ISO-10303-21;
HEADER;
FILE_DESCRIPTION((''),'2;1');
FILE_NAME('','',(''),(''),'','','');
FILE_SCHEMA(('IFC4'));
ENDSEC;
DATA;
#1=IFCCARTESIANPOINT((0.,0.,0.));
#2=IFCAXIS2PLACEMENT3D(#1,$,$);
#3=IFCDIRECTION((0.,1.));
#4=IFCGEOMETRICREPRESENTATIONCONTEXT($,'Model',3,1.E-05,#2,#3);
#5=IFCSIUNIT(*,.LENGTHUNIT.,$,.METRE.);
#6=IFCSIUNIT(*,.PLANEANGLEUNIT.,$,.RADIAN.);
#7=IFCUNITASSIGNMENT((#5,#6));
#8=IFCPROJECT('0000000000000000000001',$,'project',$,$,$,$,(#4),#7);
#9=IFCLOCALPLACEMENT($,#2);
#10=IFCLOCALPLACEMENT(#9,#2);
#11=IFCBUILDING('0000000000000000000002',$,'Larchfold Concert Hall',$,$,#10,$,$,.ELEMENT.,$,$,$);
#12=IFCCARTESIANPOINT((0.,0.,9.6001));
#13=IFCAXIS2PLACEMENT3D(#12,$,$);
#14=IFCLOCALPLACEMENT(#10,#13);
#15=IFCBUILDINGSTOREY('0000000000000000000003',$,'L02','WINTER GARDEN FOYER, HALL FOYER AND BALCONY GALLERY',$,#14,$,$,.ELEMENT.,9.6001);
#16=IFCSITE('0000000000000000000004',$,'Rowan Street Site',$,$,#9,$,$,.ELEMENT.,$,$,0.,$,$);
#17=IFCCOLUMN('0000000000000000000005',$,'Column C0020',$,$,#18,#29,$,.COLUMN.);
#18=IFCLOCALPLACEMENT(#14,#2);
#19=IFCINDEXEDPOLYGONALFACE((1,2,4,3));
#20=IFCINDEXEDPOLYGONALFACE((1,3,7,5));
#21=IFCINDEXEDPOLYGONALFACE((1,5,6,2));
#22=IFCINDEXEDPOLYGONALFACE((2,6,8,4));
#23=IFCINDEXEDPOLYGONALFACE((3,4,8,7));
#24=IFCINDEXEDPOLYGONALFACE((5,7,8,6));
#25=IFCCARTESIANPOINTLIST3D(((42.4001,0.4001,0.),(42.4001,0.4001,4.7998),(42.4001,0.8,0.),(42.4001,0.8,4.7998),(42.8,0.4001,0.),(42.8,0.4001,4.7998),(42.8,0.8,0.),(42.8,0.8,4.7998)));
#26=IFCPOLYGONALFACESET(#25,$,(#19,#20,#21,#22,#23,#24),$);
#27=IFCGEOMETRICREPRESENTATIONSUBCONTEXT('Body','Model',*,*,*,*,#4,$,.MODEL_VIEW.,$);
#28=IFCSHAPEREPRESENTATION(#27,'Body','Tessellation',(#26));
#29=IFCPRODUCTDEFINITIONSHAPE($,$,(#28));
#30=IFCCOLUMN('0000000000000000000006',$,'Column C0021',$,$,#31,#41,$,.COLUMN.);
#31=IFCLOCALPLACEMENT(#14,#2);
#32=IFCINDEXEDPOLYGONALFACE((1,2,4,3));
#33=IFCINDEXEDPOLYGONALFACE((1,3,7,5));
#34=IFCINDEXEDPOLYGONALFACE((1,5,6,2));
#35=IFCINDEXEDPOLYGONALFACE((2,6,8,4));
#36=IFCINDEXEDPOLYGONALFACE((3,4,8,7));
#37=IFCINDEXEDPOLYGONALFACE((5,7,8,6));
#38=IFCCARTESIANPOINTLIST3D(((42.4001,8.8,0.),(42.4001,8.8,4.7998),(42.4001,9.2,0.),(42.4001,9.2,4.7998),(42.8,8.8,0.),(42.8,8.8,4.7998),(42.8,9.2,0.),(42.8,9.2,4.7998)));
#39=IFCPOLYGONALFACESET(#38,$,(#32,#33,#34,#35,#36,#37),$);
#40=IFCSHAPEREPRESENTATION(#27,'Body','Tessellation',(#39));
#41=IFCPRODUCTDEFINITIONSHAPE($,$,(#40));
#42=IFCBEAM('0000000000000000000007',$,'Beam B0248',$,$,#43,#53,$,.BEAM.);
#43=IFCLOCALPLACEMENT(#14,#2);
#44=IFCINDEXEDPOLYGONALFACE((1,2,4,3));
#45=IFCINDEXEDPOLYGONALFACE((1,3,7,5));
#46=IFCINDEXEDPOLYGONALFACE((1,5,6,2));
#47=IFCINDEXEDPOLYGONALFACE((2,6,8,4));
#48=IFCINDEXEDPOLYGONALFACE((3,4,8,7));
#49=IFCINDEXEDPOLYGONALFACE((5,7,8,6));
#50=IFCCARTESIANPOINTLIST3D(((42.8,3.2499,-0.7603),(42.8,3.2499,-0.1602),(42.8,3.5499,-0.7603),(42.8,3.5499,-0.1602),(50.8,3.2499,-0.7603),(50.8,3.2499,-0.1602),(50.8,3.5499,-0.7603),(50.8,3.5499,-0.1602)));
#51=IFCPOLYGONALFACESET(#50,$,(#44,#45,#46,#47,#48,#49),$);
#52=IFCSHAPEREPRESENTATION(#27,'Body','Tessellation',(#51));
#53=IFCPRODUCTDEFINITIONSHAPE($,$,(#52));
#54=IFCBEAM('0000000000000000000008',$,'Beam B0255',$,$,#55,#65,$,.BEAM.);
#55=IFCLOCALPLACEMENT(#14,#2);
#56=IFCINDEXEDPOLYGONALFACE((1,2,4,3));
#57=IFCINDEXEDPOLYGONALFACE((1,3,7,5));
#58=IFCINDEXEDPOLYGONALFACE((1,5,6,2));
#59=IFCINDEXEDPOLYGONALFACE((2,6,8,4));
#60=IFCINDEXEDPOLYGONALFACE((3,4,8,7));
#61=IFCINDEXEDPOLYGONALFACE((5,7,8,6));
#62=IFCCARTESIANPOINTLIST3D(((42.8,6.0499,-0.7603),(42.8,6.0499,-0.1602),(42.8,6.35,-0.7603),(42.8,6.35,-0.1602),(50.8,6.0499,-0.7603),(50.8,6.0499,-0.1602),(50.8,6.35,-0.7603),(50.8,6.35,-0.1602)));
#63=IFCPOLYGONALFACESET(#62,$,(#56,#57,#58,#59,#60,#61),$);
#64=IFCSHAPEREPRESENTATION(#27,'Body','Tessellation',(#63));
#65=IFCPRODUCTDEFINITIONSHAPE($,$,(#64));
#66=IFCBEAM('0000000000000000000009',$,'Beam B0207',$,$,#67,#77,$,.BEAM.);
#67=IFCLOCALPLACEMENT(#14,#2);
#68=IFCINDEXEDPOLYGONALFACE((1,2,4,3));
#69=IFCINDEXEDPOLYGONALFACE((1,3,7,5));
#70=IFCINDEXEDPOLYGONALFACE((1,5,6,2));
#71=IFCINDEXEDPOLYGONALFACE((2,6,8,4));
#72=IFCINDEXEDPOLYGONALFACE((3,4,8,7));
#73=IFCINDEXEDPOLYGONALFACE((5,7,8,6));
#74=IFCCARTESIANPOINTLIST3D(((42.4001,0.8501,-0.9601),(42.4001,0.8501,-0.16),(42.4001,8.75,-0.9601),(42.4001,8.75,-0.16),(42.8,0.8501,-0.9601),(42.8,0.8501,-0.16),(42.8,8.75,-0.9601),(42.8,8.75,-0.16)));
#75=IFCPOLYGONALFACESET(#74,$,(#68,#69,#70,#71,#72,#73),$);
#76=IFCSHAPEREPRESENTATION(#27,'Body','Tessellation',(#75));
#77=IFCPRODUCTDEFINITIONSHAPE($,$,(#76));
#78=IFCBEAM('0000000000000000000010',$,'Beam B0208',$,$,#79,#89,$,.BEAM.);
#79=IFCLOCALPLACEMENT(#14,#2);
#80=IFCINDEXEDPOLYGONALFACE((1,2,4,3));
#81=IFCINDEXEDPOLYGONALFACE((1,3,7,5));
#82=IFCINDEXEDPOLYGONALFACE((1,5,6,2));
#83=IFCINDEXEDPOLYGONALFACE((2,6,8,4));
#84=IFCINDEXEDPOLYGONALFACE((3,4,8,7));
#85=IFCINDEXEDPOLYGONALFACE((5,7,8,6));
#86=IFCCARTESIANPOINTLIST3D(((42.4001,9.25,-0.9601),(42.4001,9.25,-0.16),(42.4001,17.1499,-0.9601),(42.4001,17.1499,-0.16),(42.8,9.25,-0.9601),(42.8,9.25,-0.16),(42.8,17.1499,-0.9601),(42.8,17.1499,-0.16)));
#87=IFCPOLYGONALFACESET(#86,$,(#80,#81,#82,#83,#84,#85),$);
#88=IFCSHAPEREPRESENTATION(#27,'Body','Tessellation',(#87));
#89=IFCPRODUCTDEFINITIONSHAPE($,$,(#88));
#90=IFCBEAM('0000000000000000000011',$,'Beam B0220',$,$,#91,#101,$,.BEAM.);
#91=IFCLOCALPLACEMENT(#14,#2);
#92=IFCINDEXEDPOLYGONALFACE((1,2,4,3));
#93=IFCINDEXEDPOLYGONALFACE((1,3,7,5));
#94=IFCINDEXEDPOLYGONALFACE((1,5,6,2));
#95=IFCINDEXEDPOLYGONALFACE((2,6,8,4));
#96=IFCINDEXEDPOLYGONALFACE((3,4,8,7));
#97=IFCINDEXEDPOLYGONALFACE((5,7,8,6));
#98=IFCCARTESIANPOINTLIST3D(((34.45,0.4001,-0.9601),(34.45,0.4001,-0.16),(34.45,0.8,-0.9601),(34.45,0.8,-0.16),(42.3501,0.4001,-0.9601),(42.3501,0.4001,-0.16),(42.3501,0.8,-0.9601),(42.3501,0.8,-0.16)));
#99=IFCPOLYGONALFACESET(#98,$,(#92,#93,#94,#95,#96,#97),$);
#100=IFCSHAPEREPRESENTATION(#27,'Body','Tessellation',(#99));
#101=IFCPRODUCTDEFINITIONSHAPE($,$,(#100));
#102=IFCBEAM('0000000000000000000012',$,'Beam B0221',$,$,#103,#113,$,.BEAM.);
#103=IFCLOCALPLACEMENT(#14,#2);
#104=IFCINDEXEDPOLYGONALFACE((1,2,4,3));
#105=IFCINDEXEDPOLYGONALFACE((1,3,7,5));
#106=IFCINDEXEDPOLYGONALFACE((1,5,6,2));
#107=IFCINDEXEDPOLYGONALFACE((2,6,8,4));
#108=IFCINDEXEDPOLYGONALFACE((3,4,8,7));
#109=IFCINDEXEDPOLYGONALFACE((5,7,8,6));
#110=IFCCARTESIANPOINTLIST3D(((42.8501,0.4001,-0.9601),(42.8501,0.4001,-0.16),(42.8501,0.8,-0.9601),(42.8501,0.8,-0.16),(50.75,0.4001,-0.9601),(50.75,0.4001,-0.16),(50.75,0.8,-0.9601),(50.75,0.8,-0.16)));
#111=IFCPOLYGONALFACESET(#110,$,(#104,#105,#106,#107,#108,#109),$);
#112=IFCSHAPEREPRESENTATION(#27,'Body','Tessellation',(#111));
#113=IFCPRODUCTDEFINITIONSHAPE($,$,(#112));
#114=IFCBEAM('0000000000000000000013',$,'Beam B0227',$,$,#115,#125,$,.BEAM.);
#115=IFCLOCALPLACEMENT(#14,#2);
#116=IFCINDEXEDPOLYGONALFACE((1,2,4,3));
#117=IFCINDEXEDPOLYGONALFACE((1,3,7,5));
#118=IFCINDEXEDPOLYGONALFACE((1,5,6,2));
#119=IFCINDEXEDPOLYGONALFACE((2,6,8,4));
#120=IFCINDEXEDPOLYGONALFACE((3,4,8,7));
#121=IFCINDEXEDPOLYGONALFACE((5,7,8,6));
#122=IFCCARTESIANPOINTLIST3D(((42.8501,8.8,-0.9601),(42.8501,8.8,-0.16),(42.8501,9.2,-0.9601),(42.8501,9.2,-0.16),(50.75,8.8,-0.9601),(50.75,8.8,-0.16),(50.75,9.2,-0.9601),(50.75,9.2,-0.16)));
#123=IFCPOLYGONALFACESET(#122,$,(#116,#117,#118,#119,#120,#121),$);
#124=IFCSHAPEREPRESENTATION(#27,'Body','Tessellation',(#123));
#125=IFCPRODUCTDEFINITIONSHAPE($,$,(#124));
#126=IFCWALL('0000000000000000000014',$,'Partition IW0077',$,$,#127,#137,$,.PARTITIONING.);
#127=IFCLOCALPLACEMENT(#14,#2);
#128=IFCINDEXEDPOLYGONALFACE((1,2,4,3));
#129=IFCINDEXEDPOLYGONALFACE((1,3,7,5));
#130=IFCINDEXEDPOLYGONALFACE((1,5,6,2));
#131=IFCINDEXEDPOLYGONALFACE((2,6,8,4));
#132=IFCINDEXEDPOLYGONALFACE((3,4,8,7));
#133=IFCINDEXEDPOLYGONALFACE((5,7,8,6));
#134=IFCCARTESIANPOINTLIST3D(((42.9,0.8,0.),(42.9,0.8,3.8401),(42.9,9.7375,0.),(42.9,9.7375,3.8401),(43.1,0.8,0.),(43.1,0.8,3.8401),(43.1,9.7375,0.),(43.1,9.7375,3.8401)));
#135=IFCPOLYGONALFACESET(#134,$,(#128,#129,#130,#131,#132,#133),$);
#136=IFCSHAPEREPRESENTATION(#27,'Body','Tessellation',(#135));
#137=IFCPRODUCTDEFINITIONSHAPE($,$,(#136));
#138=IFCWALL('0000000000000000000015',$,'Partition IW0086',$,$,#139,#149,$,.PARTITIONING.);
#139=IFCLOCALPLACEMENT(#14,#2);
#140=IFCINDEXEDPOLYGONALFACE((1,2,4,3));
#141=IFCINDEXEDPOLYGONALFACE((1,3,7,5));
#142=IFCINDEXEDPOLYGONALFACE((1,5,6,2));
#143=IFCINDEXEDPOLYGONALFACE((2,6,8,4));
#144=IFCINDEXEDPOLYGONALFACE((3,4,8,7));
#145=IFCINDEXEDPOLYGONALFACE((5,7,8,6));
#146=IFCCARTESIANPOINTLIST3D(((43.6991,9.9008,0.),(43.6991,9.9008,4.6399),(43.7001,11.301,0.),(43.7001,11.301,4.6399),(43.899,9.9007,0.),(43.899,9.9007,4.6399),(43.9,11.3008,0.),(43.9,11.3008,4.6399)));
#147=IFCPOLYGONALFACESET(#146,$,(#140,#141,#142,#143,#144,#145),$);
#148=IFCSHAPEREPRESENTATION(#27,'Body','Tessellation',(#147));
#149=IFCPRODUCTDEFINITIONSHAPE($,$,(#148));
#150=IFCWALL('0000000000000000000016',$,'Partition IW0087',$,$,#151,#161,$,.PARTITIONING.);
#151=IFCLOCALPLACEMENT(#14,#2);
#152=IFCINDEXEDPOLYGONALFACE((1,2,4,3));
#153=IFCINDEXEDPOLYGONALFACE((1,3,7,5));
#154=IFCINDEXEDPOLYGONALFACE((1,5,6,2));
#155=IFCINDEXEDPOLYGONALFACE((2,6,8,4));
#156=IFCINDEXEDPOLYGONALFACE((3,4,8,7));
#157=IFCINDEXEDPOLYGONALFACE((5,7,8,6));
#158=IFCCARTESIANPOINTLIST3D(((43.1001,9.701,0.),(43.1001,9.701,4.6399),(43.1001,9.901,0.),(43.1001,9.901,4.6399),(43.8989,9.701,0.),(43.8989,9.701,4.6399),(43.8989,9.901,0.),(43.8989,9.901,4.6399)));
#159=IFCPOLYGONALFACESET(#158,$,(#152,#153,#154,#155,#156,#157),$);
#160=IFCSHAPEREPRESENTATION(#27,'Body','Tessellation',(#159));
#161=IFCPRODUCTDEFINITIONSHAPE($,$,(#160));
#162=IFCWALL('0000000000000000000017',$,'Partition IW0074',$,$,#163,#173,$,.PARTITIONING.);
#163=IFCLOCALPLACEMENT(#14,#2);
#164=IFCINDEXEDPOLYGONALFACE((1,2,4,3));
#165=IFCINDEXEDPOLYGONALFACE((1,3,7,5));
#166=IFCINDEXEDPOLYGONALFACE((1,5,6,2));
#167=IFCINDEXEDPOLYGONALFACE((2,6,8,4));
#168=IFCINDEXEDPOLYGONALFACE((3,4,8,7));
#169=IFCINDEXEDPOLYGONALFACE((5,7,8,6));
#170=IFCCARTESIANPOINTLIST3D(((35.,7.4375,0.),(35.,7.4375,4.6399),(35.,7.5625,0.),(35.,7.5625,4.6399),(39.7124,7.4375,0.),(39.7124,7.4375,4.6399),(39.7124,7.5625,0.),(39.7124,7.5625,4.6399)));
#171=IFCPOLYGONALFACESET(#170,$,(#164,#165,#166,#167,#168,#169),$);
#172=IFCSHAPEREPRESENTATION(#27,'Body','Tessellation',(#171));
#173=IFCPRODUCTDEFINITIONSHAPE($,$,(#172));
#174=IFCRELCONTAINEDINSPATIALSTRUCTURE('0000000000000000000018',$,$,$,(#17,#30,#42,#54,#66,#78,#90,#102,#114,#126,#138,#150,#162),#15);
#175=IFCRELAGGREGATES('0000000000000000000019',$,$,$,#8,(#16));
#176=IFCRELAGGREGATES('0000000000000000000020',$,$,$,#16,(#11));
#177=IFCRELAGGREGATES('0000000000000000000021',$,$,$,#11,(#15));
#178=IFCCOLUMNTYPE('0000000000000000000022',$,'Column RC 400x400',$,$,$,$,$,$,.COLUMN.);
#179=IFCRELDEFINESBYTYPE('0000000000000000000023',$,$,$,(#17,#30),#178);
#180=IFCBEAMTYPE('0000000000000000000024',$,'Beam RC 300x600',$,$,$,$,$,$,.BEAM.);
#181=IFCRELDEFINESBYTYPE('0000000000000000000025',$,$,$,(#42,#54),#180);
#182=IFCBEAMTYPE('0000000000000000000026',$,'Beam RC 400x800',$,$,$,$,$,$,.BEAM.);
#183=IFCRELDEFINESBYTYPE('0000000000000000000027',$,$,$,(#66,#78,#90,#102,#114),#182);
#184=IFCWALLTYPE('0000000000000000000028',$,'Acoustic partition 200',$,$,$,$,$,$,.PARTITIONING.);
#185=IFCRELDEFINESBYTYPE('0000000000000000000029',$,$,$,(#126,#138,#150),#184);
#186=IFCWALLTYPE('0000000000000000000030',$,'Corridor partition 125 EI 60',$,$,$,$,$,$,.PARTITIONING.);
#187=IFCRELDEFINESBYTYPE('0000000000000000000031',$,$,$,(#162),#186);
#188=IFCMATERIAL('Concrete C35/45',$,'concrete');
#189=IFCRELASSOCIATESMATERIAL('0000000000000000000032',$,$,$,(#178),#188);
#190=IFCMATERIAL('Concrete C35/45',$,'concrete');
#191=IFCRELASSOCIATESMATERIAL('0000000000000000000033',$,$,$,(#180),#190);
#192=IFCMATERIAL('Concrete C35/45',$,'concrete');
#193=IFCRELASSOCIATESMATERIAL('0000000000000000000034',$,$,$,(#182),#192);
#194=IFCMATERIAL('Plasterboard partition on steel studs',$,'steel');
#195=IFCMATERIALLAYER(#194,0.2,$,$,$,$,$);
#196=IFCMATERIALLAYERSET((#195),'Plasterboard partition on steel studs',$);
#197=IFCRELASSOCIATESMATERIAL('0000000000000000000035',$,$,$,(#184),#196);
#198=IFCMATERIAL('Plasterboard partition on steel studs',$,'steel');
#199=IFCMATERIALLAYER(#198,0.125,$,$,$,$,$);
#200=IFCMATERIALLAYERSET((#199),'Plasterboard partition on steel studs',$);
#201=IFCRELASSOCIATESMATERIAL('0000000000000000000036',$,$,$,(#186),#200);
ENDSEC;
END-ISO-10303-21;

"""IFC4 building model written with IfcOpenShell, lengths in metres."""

from ifc_helpers import new_model, si_unit, direction, frame, frame_2d, origin, origin_2d, place, context, subcontext, project, spatial, rectangle, extrude, material, layer, layer_set, material_profile, profile_set, type_object, element, save


model = new_model("IFC4")

# Units and contexts
model_context = context("Model", 3, precision=1e-05, world=origin(), true_north=direction((0.0, 1.0)))
body_context = subcontext(model_context, "Body", "Model", "MODEL_VIEW")
ifc_project = project(units=[si_unit("LENGTHUNIT", "METRE"), si_unit("PLANEANGLEUNIT", "RADIAN")], contexts=[model_context])

# Site, building, storey
site_placement = place(None, origin())
site = spatial("IfcSite", under=ifc_project, at=site_placement, Name="Rowan Street Site", CompositionType="ELEMENT", RefElevation=0.0)
building_placement = place(site_placement, origin())
building = spatial("IfcBuilding", under=site, at=building_placement, Name="Larchfold Concert Hall", CompositionType="ELEMENT")
storey_placement = place(building_placement, frame((0.0, 0.0, 9.6001)))
storey = spatial("IfcBuildingStorey", under=building, at=storey_placement, Name="L02", Description="WINTER GARDEN FOYER, HALL FOYER AND BALCONY GALLERY", CompositionType="ELEMENT", Elevation=9.6001)

# Columns
ifc_material_1 = material(Name="Concrete C35/45", Category="concrete")
ifc_material_profile_1 = material_profile(ifc_material_1, rectangle(XDim=0.3999, YDim=0.3999, at=origin_2d()))
ifc_profile_set_1 = profile_set([ifc_material_profile_1], Name="Concrete C35/45")
column_type = type_object("IfcColumnType", Name="Column RC 400x400", PredefinedType="COLUMN", material=ifc_profile_set_1)
for number, where, z_axis, x_axis, name in (
    (1, (42.6001, 0.6001, 0.0), (0.0, 0.0, 1.0), (1.0, 0.0, 0.0), "Column C0020"),
    (2, (42.6001, 9.0, 0.0), (0.0, 0.0, 1.0), (1.0, 0.0, 0.0), "Column C0021"),
):
    element("IfcColumn", number, at=place(storey_placement, frame(where, z_axis=z_axis, x_axis=x_axis)), inside=storey, type_object=column_type, Name=name, PredefinedType="COLUMN", context=body_context, shape_type="SweptSolid", body=[
        extrude(rectangle(XDim=0.3999, YDim=0.3999, at=origin_2d()), origin(), (0.0, 0.0, 1.0), 4.7998),
    ])

# Beams
ifc_material_2 = material(Name="Concrete C35/45", Category="concrete")
ifc_material_profile_2 = material_profile(ifc_material_2, rectangle(XDim=0.3, YDim=0.6001, at=origin_2d()))
ifc_profile_set_2 = profile_set([ifc_material_profile_2], Name="Concrete C35/45")
beam_type_1 = type_object("IfcBeamType", Name="Beam RC 300x600", PredefinedType="BEAM", material=ifc_profile_set_2)
for number, where, z_axis, x_axis, name in (
    (3, (42.8, 3.3999, -0.4602), (1.0, 0.0, 0.0), (0.0, 1.0, 0.0), "Beam B0248"),
    (4, (42.8, 6.2, -0.4602), (1.0, 0.0, 0.0), (0.0, 1.0, 0.0), "Beam B0255"),
):
    element("IfcBeam", number, at=place(storey_placement, frame(where, z_axis=z_axis, x_axis=x_axis)), inside=storey, type_object=beam_type_1, Name=name, PredefinedType="BEAM", context=body_context, shape_type="SweptSolid", body=[
        extrude(rectangle(XDim=0.3, YDim=0.6001, at=origin_2d()), origin(), (0.0, 0.0, 1.0), 8.0),
    ])
ifc_material_3 = material(Name="Concrete C35/45", Category="concrete")
ifc_material_profile_3 = material_profile(ifc_material_3, rectangle(XDim=0.3999, YDim=0.8, at=origin_2d()))
ifc_profile_set_3 = profile_set([ifc_material_profile_3], Name="Concrete C35/45")
beam_type_2 = type_object("IfcBeamType", Name="Beam RC 400x800", PredefinedType="BEAM", material=ifc_profile_set_3)
for number, where, z_axis, x_axis, name in (
    (5, (42.6001, 0.8501, -0.5601), (0.0, 1.0, 0.0), (-1.0, 0.0, 0.0), "Beam B0207"),
    (6, (42.6001, 9.25, -0.5601), (0.0, 1.0, 0.0), (-1.0, 0.0, 0.0), "Beam B0208"),
):
    element("IfcBeam", number, at=place(storey_placement, frame(where, z_axis=z_axis, x_axis=x_axis)), inside=storey, type_object=beam_type_2, Name=name, PredefinedType="BEAM", context=body_context, shape_type="SweptSolid", body=[
        extrude(rectangle(XDim=0.3999, YDim=0.8, at=origin_2d()), origin(), (0.0, 0.0, 1.0), 7.8999),
    ])
beam_placement = place(storey_placement, frame((34.45, 0.6001, -0.5601), z_axis=(1.0, 0.0, 0.0), x_axis=(0.0, 1.0, 0.0)))
element("IfcBeam", 7, at=beam_placement, inside=storey, type_object=beam_type_2, Name="Beam B0220", PredefinedType="BEAM", context=body_context, shape_type="SweptSolid", body=[
    extrude(rectangle(XDim=0.3999, YDim=0.8, at=origin_2d()), origin(), (0.0, 0.0, 1.0), 7.9001),
])
for number, where, z_axis, x_axis, name in (
    (8, (42.8501, 0.6001, -0.5601), (1.0, 0.0, 0.0), (0.0, 1.0, 0.0), "Beam B0221"),
    (9, (42.8501, 9.0, -0.5601), (1.0, 0.0, 0.0), (0.0, 1.0, 0.0), "Beam B0227"),
):
    element("IfcBeam", number, at=place(storey_placement, frame(where, z_axis=z_axis, x_axis=x_axis)), inside=storey, type_object=beam_type_2, Name=name, PredefinedType="BEAM", context=body_context, shape_type="SweptSolid", body=[
        extrude(rectangle(XDim=0.3999, YDim=0.8, at=origin_2d()), origin(), (0.0, 0.0, 1.0), 7.8999),
    ])

# Walls
ifc_material_4 = material(Name="Plasterboard partition on steel studs", Category="steel")
ifc_layer_1 = layer(ifc_material_4, 0.2)
ifc_layer_set_1 = layer_set([ifc_layer_1], Name="Plasterboard partition on steel studs")
wall_type_1 = type_object("IfcWallType", Name="Acoustic partition 200", PredefinedType="PARTITIONING", material=ifc_layer_set_1)
wall_1_placement = place(storey_placement, frame((43.0, 9.7375, 0.0), z_axis=(0.0, 0.0, 1.0), x_axis=(0.0, -1.0, 0.0)))
element("IfcWall", 10, at=wall_1_placement, inside=storey, type_object=wall_type_1, Name="Partition IW0077", PredefinedType="PARTITIONING", context=body_context, shape_type="SweptSolid", body=[
    extrude(rectangle(XDim=8.9375, YDim=0.2, at=frame_2d((4.4688, 0.0))), origin(), (0.0, 0.0, 1.0), 3.8401),
])
wall_2_placement = place(storey_placement, frame((43.8, 11.301, 0.0), z_axis=(0.0, 0.0, 1.0), x_axis=(-0.000697, -1.0, 0.0)))
element("IfcWall", 11, at=wall_2_placement, inside=storey, type_object=wall_type_1, Name="Partition IW0086", PredefinedType="PARTITIONING", context=body_context, shape_type="SweptSolid", body=[
    extrude(rectangle(XDim=1.4001, YDim=0.2, at=frame_2d((0.7002, 0.0))), origin(), (0.0, 0.0, 1.0), 4.6399),
])
wall_3_placement = place(storey_placement, frame((43.8989, 9.801, 0.0), z_axis=(0.0, 0.0, 1.0), x_axis=(-1.0, 0.0, 0.0)))
element("IfcWall", 12, at=wall_3_placement, inside=storey, type_object=wall_type_1, Name="Partition IW0087", PredefinedType="PARTITIONING", context=body_context, shape_type="SweptSolid", body=[
    extrude(rectangle(XDim=0.7988, YDim=0.2, at=frame_2d((0.3994, 0.0))), origin(), (0.0, 0.0, 1.0), 4.6399),
])
ifc_material_5 = material(Name="Plasterboard partition on steel studs", Category="steel")
ifc_layer_2 = layer(ifc_material_5, 0.125)
ifc_layer_set_2 = layer_set([ifc_layer_2], Name="Plasterboard partition on steel studs")
wall_type_2 = type_object("IfcWallType", Name="Corridor partition 125 EI 60", PredefinedType="PARTITIONING", material=ifc_layer_set_2)
wall_4_placement = place(storey_placement, frame((35.0, 7.5, 0.0), z_axis=(0.0, 0.0, 1.0), x_axis=(1.0, 0.0, 0.0)))
element("IfcWall", 13, at=wall_4_placement, inside=storey, type_object=wall_type_2, Name="Partition IW0074", PredefinedType="PARTITIONING", context=body_context, shape_type="SweptSolid", body=[
    extrude(rectangle(XDim=4.7124, YDim=0.125, at=frame_2d((2.3562, 0.0))), origin(), (0.0, 0.0, 1.0), 4.6399),
])

save(model, "model.ifc")
